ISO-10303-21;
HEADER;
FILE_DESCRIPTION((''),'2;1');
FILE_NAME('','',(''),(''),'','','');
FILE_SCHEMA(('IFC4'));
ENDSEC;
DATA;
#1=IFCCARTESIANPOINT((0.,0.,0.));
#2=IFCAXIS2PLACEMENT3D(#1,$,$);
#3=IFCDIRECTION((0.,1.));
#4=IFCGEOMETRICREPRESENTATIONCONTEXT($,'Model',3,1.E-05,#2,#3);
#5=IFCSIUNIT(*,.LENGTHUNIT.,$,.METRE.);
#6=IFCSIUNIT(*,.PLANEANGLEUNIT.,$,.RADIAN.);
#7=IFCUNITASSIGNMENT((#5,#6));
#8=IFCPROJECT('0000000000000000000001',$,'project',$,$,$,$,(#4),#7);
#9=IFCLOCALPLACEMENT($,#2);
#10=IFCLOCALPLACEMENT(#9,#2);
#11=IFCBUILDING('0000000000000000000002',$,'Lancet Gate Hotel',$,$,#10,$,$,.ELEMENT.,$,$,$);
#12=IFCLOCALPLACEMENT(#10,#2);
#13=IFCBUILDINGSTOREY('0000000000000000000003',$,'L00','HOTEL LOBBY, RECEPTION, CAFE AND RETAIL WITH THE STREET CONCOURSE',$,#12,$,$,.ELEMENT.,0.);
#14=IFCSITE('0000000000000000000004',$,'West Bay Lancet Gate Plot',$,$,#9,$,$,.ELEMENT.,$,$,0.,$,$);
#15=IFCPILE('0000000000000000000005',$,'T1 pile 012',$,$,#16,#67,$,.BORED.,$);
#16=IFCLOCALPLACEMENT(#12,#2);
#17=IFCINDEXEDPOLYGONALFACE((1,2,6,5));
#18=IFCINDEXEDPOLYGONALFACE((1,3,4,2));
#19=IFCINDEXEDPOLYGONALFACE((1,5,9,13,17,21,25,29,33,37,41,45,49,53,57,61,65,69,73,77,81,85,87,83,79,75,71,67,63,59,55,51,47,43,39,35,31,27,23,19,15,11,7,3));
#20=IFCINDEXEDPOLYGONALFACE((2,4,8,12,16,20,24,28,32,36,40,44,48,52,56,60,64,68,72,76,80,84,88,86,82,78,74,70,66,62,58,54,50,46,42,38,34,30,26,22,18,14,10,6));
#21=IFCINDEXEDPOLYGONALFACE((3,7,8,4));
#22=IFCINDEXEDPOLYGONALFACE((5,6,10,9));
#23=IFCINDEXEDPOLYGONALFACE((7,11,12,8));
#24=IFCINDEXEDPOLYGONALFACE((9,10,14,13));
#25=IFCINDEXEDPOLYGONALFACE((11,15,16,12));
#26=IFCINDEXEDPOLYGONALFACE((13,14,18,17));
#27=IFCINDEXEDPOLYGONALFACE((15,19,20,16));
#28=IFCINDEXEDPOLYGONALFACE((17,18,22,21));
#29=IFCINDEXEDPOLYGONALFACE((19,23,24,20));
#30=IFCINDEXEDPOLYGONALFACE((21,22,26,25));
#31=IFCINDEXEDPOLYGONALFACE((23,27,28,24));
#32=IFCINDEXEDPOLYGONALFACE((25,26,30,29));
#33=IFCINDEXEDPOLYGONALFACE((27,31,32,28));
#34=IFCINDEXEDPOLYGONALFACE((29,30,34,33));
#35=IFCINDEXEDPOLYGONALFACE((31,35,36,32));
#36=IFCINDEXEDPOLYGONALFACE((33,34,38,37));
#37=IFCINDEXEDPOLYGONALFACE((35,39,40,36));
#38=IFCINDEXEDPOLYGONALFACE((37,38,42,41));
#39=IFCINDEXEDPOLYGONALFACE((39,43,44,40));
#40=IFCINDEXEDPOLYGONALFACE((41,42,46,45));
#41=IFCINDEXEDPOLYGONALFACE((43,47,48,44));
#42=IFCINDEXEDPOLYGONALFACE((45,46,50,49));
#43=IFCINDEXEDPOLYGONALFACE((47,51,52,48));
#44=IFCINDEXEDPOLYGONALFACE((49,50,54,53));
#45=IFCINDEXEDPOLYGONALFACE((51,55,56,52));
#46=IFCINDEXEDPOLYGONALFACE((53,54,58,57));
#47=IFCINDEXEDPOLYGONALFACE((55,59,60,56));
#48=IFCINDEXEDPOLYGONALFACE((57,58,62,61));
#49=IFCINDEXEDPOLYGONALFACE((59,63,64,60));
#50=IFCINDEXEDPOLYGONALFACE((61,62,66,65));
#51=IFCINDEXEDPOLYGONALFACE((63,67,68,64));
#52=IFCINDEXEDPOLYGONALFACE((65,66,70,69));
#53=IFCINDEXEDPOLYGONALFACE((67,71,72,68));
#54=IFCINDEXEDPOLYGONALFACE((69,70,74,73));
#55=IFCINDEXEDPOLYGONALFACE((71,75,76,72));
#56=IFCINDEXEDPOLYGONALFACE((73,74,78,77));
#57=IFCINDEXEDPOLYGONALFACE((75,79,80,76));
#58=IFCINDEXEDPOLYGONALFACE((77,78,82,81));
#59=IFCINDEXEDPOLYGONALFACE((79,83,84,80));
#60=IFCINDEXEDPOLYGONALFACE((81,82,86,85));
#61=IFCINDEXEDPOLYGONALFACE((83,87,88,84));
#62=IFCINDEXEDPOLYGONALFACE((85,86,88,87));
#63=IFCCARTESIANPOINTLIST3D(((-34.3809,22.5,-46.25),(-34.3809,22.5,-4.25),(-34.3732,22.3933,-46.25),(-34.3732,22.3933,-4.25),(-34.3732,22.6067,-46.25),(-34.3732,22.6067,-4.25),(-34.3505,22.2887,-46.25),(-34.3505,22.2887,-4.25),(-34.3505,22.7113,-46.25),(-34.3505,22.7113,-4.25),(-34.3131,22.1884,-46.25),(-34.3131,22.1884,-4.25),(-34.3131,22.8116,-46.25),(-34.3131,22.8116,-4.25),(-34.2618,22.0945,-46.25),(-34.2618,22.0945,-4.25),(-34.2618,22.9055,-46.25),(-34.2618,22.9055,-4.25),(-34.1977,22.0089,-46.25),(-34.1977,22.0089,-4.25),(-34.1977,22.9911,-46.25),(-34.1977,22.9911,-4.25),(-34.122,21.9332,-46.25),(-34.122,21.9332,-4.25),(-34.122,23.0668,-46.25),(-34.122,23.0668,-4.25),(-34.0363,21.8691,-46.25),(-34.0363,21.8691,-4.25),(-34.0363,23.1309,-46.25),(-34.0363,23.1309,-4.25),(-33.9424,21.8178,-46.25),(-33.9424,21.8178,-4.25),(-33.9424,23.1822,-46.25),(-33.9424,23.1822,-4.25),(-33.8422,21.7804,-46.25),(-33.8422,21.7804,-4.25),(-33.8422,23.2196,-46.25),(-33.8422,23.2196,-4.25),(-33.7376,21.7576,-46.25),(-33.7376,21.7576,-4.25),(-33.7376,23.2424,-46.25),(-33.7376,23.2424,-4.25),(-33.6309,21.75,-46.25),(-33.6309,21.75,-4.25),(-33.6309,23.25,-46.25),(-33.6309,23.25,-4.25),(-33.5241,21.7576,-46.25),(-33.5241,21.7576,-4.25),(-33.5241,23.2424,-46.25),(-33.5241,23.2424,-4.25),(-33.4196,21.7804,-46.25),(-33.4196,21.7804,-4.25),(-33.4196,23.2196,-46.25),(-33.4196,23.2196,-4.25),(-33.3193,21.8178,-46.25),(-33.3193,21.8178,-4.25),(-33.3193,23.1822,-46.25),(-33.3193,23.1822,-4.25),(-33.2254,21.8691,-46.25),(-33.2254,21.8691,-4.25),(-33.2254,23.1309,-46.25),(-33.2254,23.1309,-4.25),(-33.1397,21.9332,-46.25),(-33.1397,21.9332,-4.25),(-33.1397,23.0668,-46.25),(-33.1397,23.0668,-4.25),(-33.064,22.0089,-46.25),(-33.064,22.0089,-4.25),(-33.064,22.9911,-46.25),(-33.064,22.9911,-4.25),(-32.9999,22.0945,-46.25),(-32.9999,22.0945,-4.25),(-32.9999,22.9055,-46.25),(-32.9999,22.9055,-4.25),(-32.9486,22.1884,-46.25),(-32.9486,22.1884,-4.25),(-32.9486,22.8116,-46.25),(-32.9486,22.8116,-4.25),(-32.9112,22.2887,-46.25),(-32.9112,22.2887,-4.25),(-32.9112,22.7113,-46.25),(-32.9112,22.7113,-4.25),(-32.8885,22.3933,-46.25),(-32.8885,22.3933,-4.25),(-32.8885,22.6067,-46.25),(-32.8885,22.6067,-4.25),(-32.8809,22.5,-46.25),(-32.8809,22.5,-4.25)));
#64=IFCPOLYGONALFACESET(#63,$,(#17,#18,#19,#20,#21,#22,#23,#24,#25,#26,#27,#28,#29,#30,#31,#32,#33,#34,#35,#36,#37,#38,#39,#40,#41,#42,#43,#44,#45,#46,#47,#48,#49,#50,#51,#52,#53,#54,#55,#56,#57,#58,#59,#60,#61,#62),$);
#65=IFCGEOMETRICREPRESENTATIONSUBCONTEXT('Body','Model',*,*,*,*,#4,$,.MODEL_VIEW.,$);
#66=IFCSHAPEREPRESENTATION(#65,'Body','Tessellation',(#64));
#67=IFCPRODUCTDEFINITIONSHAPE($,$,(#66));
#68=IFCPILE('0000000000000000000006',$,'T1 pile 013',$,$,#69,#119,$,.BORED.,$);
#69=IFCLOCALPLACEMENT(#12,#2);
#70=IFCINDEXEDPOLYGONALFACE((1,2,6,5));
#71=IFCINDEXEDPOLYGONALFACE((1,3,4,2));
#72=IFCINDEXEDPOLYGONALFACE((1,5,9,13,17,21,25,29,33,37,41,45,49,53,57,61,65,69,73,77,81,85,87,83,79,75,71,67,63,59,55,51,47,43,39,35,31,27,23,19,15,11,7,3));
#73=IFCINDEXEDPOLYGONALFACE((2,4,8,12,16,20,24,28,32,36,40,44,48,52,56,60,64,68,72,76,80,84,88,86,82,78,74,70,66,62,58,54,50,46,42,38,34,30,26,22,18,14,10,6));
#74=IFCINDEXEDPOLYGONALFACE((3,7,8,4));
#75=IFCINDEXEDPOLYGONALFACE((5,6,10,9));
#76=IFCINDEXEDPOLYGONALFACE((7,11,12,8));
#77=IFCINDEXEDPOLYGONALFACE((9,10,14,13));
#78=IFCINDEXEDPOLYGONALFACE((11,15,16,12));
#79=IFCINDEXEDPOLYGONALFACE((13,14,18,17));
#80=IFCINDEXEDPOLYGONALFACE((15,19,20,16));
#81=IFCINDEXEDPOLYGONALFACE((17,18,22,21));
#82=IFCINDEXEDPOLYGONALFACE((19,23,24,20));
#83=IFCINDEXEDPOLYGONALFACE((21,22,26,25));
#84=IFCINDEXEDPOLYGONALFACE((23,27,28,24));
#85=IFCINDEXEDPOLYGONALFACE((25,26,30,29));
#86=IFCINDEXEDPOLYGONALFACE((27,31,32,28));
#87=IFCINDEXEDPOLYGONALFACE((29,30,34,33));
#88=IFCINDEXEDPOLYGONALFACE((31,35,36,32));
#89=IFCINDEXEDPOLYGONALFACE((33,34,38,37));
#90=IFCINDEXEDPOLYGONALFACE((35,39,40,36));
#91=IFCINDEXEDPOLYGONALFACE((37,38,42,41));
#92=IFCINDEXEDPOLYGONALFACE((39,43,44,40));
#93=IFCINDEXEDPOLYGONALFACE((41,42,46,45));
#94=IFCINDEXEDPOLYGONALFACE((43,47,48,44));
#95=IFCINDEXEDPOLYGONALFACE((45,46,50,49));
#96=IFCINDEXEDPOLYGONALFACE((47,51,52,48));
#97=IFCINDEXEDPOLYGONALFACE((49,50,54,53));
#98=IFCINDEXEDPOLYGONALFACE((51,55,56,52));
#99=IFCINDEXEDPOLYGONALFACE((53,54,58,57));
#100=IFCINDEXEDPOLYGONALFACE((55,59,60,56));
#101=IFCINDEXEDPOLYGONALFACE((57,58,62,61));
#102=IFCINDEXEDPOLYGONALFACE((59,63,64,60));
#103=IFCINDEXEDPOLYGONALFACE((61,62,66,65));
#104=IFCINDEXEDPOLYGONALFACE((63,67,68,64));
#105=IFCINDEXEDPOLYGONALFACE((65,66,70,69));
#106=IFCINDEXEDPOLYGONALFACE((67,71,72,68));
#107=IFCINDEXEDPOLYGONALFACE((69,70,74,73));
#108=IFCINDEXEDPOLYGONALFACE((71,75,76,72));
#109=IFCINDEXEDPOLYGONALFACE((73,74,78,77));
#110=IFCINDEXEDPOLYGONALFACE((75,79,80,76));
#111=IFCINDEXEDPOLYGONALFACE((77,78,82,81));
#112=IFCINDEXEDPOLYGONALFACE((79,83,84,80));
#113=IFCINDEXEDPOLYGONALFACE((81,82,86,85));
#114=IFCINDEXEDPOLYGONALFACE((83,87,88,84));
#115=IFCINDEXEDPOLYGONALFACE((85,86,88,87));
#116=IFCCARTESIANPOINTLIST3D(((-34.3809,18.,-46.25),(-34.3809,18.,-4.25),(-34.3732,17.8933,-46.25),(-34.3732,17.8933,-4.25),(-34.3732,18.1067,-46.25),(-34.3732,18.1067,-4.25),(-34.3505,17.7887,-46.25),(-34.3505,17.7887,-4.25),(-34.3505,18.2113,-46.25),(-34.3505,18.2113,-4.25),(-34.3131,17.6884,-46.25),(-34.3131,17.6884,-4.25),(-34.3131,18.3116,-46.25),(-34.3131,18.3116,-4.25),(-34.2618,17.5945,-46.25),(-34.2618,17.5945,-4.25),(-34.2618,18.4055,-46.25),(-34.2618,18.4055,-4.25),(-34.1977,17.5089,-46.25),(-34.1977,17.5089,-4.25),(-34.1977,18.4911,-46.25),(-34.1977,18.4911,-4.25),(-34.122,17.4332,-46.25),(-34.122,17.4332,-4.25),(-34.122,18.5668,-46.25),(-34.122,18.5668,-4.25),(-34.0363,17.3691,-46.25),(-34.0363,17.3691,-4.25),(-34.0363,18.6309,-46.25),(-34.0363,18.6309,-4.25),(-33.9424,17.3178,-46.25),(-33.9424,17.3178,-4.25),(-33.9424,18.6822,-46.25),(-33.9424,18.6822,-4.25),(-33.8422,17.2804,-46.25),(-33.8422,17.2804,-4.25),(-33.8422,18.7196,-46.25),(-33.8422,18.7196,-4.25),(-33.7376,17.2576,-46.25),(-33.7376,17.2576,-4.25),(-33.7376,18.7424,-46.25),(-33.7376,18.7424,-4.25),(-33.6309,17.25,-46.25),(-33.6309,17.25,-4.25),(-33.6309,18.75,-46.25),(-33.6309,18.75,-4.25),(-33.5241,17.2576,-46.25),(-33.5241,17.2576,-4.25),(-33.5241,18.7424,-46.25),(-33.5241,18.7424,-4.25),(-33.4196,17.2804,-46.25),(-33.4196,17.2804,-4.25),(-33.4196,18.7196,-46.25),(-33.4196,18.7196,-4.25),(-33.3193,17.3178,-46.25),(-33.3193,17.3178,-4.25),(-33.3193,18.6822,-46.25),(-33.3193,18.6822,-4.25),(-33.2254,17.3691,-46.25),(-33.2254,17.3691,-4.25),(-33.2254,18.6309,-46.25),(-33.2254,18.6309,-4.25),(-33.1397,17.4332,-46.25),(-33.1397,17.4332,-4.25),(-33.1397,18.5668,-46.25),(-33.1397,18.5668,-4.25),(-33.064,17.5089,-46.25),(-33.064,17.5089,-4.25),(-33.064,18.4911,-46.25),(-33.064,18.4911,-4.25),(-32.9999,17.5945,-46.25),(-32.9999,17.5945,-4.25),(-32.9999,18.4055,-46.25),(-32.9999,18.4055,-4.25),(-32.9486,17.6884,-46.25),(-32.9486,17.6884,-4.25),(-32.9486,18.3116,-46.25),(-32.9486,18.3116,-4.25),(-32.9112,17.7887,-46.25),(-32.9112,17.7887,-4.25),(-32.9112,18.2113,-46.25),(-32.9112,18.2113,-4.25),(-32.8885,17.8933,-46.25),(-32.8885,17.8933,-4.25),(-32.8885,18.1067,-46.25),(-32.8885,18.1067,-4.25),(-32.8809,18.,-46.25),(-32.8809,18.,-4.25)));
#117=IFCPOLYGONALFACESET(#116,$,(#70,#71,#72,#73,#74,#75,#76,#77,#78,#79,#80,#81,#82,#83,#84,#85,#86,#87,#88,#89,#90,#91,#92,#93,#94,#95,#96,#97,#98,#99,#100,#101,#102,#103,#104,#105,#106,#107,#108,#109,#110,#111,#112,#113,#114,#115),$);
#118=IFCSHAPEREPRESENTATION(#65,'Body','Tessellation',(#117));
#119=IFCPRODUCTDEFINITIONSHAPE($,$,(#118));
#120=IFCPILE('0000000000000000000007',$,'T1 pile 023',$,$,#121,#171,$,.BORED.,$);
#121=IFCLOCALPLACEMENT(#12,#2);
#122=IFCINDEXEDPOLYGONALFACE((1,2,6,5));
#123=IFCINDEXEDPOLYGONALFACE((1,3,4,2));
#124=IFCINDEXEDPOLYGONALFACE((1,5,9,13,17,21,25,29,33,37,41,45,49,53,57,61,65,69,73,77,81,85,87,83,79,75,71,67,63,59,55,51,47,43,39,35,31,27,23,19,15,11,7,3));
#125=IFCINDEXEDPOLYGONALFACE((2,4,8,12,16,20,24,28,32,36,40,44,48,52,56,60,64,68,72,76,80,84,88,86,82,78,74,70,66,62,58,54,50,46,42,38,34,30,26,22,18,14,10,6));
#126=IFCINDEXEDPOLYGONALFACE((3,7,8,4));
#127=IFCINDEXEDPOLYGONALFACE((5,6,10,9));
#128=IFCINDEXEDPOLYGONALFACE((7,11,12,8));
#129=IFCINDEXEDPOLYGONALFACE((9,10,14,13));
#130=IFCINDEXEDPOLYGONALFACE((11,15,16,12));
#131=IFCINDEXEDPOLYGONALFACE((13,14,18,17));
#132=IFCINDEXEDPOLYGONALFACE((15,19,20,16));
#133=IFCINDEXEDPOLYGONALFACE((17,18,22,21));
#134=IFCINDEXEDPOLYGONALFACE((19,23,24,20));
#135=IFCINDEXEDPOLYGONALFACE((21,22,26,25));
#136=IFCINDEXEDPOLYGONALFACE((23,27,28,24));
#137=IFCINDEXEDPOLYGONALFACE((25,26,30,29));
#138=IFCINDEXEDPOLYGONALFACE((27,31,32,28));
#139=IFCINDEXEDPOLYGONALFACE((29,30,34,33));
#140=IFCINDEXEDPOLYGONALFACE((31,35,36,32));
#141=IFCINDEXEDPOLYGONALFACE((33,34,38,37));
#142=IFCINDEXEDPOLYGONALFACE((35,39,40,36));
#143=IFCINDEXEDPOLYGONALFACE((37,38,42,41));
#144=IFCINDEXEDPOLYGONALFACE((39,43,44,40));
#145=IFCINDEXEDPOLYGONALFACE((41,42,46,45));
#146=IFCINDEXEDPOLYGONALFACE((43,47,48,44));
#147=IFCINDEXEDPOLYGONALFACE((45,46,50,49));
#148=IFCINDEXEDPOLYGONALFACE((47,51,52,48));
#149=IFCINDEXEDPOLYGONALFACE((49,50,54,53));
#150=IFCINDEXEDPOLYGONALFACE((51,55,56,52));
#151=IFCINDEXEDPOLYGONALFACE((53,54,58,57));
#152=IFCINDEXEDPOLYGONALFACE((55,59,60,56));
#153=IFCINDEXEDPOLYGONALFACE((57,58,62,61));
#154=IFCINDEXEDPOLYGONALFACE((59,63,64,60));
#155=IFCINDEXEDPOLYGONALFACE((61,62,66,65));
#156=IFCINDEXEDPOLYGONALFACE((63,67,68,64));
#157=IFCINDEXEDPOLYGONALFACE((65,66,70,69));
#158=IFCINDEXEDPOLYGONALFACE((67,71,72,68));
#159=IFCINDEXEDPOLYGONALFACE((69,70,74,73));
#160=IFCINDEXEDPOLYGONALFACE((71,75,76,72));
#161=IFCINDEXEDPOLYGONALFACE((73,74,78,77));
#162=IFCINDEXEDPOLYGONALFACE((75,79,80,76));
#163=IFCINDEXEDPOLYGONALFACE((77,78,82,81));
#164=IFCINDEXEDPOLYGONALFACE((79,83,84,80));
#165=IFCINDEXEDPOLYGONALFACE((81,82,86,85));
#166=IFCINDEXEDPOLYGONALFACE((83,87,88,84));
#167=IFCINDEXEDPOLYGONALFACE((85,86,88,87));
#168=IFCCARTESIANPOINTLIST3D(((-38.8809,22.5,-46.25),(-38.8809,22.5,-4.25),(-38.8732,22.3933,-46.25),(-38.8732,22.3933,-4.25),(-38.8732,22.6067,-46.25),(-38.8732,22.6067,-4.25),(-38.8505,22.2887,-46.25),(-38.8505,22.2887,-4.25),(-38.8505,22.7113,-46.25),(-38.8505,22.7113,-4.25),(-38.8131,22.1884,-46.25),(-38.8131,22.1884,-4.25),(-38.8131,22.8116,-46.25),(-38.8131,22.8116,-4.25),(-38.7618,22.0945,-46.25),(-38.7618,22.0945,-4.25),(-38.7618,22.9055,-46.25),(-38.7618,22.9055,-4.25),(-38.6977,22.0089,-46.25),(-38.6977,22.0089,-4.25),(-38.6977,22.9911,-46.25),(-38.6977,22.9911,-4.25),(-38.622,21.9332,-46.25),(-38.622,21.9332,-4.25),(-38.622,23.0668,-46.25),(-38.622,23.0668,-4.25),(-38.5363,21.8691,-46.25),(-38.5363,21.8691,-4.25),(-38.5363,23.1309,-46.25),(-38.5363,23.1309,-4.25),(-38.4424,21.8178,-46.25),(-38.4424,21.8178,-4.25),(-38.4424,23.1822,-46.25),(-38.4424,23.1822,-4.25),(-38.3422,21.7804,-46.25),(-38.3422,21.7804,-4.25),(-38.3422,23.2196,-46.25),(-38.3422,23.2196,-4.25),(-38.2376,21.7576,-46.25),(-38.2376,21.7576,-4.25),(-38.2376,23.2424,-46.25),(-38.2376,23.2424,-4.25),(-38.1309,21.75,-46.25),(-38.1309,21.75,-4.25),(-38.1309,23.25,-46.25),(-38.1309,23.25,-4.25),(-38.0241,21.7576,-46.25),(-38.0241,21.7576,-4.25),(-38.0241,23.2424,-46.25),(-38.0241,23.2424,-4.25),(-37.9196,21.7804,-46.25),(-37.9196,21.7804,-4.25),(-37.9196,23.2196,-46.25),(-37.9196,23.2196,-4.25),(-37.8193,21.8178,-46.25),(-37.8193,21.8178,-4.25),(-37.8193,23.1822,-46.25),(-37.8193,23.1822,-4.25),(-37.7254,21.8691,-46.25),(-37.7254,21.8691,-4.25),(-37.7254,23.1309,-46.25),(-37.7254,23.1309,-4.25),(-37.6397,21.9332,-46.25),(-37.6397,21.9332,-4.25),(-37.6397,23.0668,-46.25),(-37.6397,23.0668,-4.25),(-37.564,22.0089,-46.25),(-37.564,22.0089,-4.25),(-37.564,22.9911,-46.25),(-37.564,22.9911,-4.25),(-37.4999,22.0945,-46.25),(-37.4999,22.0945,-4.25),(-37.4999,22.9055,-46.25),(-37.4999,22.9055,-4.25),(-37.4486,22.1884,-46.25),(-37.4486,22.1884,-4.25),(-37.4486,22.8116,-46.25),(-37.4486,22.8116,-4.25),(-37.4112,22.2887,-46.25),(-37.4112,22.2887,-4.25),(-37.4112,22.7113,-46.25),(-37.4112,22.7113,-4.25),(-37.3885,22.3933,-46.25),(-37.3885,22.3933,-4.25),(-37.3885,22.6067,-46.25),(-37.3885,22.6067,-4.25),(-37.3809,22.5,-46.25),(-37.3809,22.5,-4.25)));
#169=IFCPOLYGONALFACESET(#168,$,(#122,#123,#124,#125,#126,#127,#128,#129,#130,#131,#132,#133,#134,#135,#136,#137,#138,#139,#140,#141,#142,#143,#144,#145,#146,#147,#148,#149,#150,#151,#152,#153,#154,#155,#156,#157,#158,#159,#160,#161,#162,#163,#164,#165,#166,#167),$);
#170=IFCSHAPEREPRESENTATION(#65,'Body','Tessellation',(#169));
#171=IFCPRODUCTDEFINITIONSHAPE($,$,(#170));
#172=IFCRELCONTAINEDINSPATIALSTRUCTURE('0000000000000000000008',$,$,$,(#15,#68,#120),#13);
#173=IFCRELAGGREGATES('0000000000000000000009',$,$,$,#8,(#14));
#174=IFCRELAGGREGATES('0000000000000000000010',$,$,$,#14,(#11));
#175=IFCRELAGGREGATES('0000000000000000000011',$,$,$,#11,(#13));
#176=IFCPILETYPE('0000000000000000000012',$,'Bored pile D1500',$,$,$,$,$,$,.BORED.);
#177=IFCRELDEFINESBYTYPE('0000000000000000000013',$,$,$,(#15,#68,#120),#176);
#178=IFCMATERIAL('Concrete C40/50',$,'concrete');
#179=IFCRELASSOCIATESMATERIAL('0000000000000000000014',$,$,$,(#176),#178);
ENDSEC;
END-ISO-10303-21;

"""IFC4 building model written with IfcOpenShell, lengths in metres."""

from ifc_helpers import new_model, si_unit, direction, frame, origin, origin_2d, place, context, subcontext, project, spatial, circle, extrude, material, material_profile, profile_set, type_object, element, save


model = new_model("IFC4")

# Units and contexts
model_context = context("Model", 3, precision=1e-05, world=origin(), true_north=direction((0.0, 1.0)))
body_context = subcontext(model_context, "Body", "Model", "MODEL_VIEW")
ifc_project = project(units=[si_unit("LENGTHUNIT", "METRE"), si_unit("PLANEANGLEUNIT", "RADIAN")], contexts=[model_context])

# Site, building, storey
site_placement = place(None, origin())
site = spatial("IfcSite", under=ifc_project, at=site_placement, Name="West Bay Lancet Gate Plot", CompositionType="ELEMENT", RefElevation=0.0)
building_placement = place(site_placement, origin())
building = spatial("IfcBuilding", under=site, at=building_placement, Name="Lancet Gate Hotel", CompositionType="ELEMENT")
storey_placement = place(building_placement, origin())
storey = spatial("IfcBuildingStorey", under=building, at=storey_placement, Name="L00", Description="HOTEL LOBBY, RECEPTION, CAFE AND RETAIL WITH THE STREET CONCOURSE", CompositionType="ELEMENT", Elevation=0.0)

# Piles
ifc_material_1 = material(Name="Concrete C40/50", Category="concrete")
ifc_material_profile_1 = material_profile(ifc_material_1, circle(Radius=0.75, at=origin_2d()), Name="PILE D1500")
ifc_profile_set_1 = profile_set([ifc_material_profile_1], Name="Concrete C40/50")
pile_type = type_object("IfcPileType", Name="Bored pile D1500", PredefinedType="BORED", material=ifc_profile_set_1)
for number, where, z_axis, x_axis, name in (
    (1, (-33.6309, 22.5, -4.25), (0.0, 0.0, -1.0), (1.0, 0.0, 0.0), "T1 pile 012"),
    (2, (-33.6309, 18.0, -4.25), (0.0, 0.0, -1.0), (1.0, 0.0, 0.0), "T1 pile 013"),
    (3, (-38.1309, 22.5, -4.25), (0.0, 0.0, -1.0), (1.0, 0.0, 0.0), "T1 pile 023"),
):
    element("IfcPile", number, at=place(storey_placement, frame(where, z_axis=z_axis, x_axis=x_axis)), inside=storey, type_object=pile_type, Name=name, PredefinedType="BORED", context=body_context, shape_type="SweptSolid", body=[
        extrude(circle(Radius=0.75, at=origin_2d()), origin(), (0.0, 0.0, 1.0), 42.0),
    ])

save(model, "model.ifc")
